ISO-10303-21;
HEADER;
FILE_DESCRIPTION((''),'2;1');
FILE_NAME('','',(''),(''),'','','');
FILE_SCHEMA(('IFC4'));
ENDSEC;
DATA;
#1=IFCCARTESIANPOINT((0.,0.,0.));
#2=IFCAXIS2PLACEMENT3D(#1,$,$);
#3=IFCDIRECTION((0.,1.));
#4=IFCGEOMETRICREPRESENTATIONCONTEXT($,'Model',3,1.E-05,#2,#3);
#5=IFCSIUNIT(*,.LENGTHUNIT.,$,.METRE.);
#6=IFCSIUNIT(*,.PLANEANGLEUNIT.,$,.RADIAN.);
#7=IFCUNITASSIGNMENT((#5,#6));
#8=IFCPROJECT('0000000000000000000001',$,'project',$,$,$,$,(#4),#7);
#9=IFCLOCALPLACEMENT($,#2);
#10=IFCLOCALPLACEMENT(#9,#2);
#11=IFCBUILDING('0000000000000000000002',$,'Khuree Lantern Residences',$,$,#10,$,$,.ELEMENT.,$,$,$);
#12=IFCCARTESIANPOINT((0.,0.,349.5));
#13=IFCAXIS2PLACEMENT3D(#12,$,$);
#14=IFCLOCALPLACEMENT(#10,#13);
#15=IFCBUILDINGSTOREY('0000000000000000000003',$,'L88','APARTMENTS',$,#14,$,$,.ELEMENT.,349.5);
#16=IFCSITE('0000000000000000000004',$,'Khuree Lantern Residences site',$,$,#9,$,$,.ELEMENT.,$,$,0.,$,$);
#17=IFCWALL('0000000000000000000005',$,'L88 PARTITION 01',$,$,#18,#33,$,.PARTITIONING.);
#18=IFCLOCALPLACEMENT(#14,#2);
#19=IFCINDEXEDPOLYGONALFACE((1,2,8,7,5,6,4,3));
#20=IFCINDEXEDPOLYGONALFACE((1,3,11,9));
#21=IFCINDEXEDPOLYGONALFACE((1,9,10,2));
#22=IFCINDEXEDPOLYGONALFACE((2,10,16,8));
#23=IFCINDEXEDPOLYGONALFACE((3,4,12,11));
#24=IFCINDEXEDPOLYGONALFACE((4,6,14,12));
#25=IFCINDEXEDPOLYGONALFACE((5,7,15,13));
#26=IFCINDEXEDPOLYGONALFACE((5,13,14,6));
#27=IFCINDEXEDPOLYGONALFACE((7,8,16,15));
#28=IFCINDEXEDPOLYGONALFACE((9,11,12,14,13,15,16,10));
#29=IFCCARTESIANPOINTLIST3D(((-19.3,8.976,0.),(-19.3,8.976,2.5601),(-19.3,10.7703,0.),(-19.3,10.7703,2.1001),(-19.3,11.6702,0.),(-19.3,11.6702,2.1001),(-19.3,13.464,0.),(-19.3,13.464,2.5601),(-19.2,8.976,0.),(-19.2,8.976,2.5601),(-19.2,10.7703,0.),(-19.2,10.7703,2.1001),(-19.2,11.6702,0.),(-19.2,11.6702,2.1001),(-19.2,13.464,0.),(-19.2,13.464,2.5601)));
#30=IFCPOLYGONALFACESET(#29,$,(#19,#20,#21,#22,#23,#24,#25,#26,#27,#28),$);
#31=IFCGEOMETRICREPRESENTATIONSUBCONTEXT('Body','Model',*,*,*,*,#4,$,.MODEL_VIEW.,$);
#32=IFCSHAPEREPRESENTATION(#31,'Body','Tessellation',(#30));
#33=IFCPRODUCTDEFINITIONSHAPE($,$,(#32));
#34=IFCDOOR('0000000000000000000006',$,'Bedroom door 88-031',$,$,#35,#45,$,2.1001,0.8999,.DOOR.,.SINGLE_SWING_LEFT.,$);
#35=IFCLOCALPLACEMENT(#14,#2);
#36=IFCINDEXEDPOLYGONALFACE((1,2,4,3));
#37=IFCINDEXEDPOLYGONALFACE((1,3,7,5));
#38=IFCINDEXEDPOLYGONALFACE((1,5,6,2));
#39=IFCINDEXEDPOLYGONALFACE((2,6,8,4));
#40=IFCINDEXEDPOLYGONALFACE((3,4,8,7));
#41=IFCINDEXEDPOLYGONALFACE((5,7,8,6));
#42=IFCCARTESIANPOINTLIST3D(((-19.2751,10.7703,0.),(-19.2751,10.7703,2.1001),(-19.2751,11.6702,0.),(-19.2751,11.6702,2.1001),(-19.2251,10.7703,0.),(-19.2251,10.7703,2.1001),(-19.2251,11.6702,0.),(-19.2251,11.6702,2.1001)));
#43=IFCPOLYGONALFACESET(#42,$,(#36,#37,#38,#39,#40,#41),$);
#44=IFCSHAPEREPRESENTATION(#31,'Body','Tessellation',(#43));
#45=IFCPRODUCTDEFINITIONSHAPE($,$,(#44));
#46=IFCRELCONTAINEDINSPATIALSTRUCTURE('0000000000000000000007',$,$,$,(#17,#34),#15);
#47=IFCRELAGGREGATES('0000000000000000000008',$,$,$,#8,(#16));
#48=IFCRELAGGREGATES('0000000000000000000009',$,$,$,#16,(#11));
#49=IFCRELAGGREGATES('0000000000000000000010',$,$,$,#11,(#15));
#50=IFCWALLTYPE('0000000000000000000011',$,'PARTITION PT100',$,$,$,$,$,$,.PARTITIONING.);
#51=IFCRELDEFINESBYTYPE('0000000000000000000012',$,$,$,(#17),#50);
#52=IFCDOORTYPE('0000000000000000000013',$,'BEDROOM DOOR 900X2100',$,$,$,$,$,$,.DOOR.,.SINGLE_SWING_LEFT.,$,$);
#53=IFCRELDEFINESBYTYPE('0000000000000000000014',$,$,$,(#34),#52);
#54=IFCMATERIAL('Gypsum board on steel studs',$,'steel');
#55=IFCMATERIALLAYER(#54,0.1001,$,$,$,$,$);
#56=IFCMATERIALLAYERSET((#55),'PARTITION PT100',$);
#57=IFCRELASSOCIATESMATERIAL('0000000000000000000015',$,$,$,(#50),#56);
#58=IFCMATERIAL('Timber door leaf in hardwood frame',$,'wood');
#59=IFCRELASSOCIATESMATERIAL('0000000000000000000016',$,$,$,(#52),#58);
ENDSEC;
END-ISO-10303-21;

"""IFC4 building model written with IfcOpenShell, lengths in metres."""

from ifc_helpers import new_model, si_unit, direction, frame, frame_2d, origin, place, context, subcontext, project, spatial, rectangle, extrude, material, layer, layer_set, type_object, element, fill, save


model = new_model("IFC4")

# Units and contexts
model_context = context("Model", 3, precision=1e-05, world=origin(), true_north=direction((0.0, 1.0)))
body_context = subcontext(model_context, "Body", "Model", "MODEL_VIEW")
ifc_project = project(units=[si_unit("LENGTHUNIT", "METRE"), si_unit("PLANEANGLEUNIT", "RADIAN")], contexts=[model_context])

# Site, building, storey
site_placement = place(None, origin())
site = spatial("IfcSite", under=ifc_project, at=site_placement, Name="Khuree Lantern Residences site", CompositionType="ELEMENT", RefElevation=0.0)
building_placement = place(site_placement, origin())
building = spatial("IfcBuilding", under=site, at=building_placement, Name="Khuree Lantern Residences", CompositionType="ELEMENT")
storey_placement = place(building_placement, frame((0.0, 0.0, 349.5)))
storey = spatial("IfcBuildingStorey", under=building, at=storey_placement, Name="L88", Description="APARTMENTS", CompositionType="ELEMENT", Elevation=349.5)

# Shared definitions
ifc_material_1 = material(Name="Gypsum board on steel studs", Category="steel")
ifc_layer_1 = layer(ifc_material_1, 0.1001)
ifc_layer_set_1 = layer_set([ifc_layer_1], Name="PARTITION PT100")
wall_type_1 = type_object("IfcWallType", Name="PARTITION PT100", PredefinedType="PARTITIONING", material=ifc_layer_set_1)

# Wall, opening, door
wall_1_placement = place(storey_placement, frame((-19.25, 13.4641, 0.0), z_axis=(0.0, 0.0, 1.0), x_axis=(0.0, -1.0, 0.0)))
wall_1 = element("IfcWall", 1, at=wall_1_placement, inside=storey, type_object=wall_type_1, Name="L88 PARTITION 01", PredefinedType="PARTITIONING", context=body_context, shape_type="SweptSolid", body=[
    extrude(rectangle(XDim=4.488, YDim=0.1001, at=frame_2d((2.2441, 0.0))), origin(), (0.0, 0.0, 1.0), 2.5601),
])
opening_placement = place(wall_1_placement, frame((1.7939, 0.0, 0.0)))
opening = element("IfcOpeningElement", 2, at=opening_placement, cuts=wall_1, PredefinedType="OPENING", context=body_context, shape_type="SweptSolid", body=[
    extrude(rectangle(XDim=0.8999, YDim=2.1001, at=frame_2d((0.45, 1.05))), frame((0.0, 0.0601, 0.0), z_axis=(0.0, -1.0, 0.0), x_axis=(1.0, 0.0, 0.0)), (0.0, 0.0, 1.0), 0.1201),
])
ifc_material_2 = material(Name="Timber door leaf in hardwood frame", Category="wood")
door_type = type_object("IfcDoorType", Name="BEDROOM DOOR 900X2100", OperationType="SINGLE_SWING_LEFT", PredefinedType="DOOR", material=ifc_material_2)
door_placement = place(opening_placement, origin())
door = element("IfcDoor", 3, at=door_placement, inside=storey, type_object=door_type, Name="Bedroom door 88-031", OperationType="SINGLE_SWING_LEFT", OverallHeight=2.1001, OverallWidth=0.8999, PredefinedType="DOOR", context=body_context, shape_type="SweptSolid", body=[
    extrude(rectangle(XDim=0.8999, YDim=2.1001, at=frame_2d((0.45, 1.05))), frame((0.0, 0.0249, 0.0), z_axis=(0.0, -1.0, 0.0), x_axis=(1.0, 0.0, 0.0)), (0.0, 0.0, 1.0), 0.05),
])
fill(opening, door)

save(model, "model.ifc")
